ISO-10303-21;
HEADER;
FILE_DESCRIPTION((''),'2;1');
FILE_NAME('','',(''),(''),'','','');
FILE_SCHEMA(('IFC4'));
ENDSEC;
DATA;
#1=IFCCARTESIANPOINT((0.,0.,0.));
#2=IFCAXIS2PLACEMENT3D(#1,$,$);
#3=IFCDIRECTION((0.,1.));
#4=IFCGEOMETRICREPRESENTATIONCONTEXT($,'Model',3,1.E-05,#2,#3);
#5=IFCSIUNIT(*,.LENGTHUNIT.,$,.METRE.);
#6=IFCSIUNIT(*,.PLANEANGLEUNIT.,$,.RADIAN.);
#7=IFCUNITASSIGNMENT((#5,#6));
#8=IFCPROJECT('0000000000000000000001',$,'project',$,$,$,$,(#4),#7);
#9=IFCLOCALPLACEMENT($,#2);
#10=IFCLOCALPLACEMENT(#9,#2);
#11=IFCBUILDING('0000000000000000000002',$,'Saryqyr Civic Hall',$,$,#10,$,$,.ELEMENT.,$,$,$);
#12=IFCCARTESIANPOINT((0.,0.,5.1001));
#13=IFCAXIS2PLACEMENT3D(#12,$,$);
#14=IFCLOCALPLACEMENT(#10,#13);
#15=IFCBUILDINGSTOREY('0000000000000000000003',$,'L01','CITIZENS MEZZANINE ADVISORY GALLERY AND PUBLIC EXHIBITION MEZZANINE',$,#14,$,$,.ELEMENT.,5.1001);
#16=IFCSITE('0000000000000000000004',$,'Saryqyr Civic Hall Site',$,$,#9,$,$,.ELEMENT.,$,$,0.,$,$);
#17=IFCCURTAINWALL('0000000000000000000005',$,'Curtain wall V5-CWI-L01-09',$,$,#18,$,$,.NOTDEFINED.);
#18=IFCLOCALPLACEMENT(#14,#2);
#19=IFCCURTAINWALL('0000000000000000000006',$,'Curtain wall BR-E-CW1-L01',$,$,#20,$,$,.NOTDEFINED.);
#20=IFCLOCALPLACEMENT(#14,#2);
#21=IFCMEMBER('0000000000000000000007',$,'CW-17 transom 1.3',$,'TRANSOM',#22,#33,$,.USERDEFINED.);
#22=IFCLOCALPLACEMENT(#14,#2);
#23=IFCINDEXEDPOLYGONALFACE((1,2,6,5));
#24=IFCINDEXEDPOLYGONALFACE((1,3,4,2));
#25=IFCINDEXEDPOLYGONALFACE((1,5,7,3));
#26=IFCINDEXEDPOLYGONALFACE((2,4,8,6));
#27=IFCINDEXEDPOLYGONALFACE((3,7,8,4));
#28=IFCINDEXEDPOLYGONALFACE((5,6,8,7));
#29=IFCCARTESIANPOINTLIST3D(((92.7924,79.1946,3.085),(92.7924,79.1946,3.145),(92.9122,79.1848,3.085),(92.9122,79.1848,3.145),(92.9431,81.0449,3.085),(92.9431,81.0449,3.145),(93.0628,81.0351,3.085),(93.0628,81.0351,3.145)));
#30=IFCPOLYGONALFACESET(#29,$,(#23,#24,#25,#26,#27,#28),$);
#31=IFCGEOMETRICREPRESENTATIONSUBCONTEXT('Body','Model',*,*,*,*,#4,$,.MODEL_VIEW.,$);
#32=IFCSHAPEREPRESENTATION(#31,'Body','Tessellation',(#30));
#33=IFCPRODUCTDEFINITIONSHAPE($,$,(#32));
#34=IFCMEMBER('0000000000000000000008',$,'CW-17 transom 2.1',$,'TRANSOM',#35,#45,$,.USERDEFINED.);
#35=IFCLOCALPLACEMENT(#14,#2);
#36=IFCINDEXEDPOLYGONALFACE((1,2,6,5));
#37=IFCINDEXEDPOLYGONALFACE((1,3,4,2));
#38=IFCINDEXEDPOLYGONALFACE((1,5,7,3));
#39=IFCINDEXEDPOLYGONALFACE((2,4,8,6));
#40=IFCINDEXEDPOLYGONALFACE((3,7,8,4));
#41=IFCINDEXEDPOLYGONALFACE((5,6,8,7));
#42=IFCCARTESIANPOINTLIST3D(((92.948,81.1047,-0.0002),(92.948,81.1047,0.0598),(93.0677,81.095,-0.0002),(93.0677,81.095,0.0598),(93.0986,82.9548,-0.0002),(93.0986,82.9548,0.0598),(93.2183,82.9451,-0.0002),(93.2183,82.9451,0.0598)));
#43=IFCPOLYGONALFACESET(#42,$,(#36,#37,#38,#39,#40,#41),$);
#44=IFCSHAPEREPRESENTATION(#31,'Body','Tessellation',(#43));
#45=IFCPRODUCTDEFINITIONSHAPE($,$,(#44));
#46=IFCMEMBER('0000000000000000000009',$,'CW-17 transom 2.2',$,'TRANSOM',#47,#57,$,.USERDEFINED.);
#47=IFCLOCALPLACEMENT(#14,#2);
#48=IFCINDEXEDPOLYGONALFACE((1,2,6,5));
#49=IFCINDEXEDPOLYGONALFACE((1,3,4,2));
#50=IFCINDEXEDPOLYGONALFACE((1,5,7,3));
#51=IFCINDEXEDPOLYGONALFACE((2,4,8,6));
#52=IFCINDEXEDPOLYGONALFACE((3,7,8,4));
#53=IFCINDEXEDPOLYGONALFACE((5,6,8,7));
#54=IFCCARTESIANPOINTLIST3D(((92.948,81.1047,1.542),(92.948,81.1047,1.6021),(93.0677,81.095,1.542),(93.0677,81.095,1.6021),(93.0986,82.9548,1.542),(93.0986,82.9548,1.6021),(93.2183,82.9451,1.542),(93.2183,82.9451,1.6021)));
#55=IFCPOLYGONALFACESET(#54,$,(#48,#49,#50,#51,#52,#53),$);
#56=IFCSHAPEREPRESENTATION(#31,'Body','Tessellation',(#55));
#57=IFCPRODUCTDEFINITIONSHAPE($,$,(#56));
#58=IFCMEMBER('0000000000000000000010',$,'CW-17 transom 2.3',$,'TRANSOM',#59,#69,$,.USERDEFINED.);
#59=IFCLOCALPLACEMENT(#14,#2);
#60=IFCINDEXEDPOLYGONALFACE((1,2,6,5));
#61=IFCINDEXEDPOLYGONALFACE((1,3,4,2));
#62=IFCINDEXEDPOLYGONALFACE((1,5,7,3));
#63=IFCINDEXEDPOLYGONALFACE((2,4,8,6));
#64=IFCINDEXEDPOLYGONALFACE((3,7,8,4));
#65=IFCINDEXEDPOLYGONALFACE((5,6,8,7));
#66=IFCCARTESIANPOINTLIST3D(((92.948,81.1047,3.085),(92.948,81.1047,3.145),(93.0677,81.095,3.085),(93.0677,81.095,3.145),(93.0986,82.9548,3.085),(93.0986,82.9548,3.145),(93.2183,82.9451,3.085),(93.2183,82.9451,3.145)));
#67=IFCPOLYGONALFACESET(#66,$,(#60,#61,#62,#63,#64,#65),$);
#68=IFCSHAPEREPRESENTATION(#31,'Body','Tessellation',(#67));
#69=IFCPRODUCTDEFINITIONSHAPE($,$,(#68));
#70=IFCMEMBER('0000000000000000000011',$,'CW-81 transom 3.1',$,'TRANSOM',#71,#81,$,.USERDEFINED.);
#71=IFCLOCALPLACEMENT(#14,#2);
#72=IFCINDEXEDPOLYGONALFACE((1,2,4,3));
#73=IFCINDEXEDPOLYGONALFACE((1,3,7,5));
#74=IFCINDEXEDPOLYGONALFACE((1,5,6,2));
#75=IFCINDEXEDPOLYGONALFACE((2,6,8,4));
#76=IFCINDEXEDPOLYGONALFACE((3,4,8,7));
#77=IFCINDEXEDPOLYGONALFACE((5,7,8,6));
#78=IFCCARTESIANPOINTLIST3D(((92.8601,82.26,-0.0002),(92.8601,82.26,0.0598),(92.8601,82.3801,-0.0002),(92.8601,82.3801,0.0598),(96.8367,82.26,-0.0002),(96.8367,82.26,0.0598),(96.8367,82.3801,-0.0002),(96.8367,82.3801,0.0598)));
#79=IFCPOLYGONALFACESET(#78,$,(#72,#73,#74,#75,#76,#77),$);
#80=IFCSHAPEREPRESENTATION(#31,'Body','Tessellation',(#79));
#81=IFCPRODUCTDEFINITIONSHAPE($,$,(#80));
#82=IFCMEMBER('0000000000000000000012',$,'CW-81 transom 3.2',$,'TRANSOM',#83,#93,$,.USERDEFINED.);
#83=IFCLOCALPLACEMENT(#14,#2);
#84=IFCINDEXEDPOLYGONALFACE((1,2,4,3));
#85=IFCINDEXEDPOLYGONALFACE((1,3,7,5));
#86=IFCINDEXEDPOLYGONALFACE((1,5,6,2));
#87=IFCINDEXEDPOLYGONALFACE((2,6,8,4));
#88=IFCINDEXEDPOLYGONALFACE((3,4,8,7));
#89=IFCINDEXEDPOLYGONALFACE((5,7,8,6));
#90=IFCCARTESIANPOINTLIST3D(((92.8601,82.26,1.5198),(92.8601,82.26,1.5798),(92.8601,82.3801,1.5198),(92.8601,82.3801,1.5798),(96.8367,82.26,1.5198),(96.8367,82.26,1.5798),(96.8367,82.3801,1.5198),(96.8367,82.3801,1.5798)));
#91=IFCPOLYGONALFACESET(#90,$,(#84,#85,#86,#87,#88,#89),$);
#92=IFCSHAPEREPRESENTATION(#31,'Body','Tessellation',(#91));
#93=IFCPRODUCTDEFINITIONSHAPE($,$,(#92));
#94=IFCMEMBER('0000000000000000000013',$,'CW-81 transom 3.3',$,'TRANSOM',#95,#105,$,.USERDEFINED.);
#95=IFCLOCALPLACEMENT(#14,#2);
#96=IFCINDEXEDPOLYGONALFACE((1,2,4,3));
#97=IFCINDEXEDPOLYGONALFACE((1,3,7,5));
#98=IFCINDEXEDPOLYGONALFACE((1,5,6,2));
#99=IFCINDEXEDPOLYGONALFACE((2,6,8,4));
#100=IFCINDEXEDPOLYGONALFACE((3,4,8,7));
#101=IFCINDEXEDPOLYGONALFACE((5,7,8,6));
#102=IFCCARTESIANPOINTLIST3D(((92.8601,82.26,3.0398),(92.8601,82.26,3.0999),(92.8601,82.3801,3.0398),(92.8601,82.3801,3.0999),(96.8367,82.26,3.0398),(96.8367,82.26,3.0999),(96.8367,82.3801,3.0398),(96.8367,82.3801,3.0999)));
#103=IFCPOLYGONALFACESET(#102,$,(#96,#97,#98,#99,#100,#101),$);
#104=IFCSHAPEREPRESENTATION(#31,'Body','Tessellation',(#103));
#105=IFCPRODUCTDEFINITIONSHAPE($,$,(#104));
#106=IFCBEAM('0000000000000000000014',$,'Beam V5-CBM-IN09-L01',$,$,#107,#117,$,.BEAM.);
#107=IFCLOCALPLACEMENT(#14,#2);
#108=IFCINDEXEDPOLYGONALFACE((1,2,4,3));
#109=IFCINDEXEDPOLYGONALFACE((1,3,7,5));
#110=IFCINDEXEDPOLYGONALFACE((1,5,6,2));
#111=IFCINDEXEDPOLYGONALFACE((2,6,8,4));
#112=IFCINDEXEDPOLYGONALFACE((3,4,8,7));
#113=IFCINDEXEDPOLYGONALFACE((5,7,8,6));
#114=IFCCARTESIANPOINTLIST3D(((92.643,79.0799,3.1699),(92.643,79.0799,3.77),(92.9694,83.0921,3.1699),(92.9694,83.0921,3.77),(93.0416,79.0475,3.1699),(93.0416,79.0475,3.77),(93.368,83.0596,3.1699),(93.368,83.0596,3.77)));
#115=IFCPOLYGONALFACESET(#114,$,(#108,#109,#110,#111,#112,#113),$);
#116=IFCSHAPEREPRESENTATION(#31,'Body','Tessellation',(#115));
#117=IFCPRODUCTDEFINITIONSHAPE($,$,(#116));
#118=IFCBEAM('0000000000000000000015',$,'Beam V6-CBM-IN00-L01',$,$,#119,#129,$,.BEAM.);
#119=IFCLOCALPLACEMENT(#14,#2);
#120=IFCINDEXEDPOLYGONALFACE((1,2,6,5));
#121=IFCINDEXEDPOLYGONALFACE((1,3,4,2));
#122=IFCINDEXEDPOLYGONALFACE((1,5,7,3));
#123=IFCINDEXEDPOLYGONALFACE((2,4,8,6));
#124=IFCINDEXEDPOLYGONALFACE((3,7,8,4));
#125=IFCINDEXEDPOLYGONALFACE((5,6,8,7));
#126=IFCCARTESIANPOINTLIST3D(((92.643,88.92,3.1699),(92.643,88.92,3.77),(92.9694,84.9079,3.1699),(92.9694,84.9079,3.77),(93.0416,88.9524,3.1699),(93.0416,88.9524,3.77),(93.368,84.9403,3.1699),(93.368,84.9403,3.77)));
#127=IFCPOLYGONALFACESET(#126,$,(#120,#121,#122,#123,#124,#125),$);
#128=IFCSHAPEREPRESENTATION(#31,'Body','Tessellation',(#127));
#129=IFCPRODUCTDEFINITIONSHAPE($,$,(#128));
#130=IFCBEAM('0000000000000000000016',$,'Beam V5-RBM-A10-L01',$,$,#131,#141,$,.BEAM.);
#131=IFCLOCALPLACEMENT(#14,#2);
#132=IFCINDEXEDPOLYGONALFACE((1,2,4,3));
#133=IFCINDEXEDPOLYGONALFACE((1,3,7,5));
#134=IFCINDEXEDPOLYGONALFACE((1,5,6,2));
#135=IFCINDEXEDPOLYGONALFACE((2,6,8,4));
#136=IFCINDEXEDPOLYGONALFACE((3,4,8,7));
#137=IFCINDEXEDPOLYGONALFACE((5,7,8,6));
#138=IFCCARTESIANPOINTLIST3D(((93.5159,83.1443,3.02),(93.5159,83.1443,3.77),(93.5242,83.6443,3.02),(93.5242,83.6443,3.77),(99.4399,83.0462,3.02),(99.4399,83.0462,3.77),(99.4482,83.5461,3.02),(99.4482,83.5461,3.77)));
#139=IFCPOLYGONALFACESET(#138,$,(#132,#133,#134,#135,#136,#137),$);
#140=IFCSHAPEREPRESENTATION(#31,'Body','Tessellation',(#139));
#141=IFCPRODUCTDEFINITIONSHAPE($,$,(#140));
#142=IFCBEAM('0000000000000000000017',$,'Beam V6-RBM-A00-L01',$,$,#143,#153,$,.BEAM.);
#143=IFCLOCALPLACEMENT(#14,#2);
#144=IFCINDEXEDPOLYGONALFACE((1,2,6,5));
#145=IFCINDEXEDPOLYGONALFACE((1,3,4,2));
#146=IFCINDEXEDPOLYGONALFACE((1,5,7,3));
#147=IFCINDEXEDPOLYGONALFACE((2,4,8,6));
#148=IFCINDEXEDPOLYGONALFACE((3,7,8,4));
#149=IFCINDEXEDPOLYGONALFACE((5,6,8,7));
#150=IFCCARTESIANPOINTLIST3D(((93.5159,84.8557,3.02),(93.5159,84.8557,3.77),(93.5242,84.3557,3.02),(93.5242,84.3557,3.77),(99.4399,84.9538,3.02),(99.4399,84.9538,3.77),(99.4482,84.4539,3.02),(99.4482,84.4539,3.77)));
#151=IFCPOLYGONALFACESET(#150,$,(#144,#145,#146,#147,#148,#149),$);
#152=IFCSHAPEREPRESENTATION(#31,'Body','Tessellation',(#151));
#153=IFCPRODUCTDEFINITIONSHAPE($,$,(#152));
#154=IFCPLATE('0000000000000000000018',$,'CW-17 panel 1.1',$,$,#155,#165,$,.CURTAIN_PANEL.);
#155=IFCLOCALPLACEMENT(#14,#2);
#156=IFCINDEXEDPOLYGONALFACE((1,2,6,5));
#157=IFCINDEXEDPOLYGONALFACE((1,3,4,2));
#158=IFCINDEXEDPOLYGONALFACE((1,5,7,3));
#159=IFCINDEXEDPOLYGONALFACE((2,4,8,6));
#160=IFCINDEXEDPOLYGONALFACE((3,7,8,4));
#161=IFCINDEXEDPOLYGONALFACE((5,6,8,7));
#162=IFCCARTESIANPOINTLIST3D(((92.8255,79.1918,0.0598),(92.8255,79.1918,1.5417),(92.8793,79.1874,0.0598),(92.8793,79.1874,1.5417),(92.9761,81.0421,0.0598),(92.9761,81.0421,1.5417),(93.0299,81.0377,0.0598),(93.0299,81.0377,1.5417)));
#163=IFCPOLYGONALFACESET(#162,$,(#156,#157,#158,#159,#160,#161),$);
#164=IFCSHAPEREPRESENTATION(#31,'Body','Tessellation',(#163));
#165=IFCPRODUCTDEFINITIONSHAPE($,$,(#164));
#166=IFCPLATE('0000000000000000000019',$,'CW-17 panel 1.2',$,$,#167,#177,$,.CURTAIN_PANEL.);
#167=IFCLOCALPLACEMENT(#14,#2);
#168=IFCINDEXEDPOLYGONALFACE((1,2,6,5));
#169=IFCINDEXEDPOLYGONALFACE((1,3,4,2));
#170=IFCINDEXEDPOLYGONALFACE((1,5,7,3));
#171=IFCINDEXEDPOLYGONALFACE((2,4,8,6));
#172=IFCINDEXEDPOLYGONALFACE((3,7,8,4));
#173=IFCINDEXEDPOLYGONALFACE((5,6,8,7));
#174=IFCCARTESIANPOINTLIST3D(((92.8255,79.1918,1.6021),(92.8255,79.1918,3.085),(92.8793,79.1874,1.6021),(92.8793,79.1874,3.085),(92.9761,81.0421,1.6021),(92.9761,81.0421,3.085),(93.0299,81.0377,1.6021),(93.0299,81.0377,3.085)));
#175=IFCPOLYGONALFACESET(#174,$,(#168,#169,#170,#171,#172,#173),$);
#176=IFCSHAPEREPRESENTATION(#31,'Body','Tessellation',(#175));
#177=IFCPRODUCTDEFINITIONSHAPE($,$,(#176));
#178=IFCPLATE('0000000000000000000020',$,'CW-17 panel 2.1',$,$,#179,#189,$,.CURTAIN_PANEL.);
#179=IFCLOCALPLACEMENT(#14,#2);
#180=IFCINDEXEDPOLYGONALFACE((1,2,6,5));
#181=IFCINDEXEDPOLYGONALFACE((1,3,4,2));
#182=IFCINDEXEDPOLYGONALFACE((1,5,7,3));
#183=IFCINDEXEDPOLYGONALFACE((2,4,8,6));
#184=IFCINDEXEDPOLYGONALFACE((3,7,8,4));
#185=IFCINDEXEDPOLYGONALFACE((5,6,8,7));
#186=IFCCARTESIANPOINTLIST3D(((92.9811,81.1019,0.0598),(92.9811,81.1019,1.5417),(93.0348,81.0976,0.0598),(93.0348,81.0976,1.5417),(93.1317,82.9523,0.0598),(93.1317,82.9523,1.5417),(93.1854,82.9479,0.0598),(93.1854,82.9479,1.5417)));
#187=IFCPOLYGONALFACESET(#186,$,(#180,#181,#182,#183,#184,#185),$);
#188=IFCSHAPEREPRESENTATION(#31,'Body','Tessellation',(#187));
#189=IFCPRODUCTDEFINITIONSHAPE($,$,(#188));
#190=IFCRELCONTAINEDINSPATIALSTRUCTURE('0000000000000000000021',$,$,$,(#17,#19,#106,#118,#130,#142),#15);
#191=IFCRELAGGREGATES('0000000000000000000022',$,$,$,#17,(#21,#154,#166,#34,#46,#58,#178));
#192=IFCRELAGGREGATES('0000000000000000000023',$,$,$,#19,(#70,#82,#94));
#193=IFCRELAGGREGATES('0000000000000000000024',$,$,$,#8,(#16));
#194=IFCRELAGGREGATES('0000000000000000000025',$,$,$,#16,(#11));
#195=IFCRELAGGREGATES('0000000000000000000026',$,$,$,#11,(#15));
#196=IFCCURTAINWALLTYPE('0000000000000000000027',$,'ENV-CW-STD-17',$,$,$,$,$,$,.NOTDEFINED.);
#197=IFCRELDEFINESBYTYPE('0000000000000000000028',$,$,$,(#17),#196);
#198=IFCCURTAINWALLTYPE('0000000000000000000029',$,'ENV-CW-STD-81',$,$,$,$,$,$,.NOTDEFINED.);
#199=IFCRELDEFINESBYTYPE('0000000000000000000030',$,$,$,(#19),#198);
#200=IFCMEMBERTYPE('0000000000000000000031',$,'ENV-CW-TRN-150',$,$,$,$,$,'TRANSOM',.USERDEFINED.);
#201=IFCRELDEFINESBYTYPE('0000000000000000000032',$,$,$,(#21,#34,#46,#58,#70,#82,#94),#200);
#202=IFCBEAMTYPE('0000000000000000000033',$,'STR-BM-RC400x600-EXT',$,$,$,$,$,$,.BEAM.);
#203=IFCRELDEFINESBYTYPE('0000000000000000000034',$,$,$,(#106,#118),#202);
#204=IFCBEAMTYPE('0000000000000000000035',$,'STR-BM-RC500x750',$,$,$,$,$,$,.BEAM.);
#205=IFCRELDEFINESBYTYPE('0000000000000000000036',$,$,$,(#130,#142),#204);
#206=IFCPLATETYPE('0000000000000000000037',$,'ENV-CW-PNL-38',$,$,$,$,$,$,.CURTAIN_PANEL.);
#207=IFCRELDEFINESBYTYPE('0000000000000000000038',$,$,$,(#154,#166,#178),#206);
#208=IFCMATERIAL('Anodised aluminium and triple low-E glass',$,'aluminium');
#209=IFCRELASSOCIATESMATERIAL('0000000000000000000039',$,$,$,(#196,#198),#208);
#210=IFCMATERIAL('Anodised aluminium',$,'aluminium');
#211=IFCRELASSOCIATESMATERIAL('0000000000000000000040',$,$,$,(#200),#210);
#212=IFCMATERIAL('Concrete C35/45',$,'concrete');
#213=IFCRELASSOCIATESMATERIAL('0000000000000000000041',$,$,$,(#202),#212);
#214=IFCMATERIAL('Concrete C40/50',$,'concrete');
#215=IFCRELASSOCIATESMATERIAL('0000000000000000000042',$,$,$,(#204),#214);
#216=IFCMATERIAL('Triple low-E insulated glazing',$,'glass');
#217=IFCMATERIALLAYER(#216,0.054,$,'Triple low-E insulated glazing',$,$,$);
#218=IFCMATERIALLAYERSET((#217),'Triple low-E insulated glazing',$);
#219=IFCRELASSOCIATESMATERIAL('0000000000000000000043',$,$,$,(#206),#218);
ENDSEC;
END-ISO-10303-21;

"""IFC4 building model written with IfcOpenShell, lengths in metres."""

from ifc_helpers import new_model, si_unit, direction, frame, origin, origin_2d, place, context, subcontext, project, spatial, rectangle, extrude, material, layer, layer_set, material_profile, profile_set, type_object, element, aggregate, save


model = new_model("IFC4")

# Units and contexts
model_context = context("Model", 3, precision=1e-05, world=origin(), true_north=direction((0.0, 1.0)))
body_context = subcontext(model_context, "Body", "Model", "MODEL_VIEW")
ifc_project = project(units=[si_unit("LENGTHUNIT", "METRE"), si_unit("PLANEANGLEUNIT", "RADIAN")], contexts=[model_context])

# Site, building, storey
site_placement = place(None, origin())
site = spatial("IfcSite", under=ifc_project, at=site_placement, Name="Saryqyr Civic Hall Site", CompositionType="ELEMENT", RefElevation=0.0)
building_placement = place(site_placement, origin())
building = spatial("IfcBuilding", under=site, at=building_placement, Name="Saryqyr Civic Hall", CompositionType="ELEMENT")
storey_placement = place(building_placement, frame((0.0, 0.0, 5.1001)))
storey = spatial("IfcBuildingStorey", under=building, at=storey_placement, Name="L01", Description="CITIZENS MEZZANINE ADVISORY GALLERY AND PUBLIC EXHIBITION MEZZANINE", CompositionType="ELEMENT", Elevation=5.1001)

# Shared definitions
ifc_material_1 = material(Name="Concrete C40/50", Category="concrete")

# Curtain walls
ifc_material_2 = material(Name="Anodised aluminium and triple low-E glass", Category="aluminium")
curtain_wall_type_1 = type_object("IfcCurtainWallType", Name="ENV-CW-STD-17", PredefinedType="NOTDEFINED", material=ifc_material_2)
curtain_wall_1_placement = place(storey_placement, origin())
curtain_wall_1 = element("IfcCurtainWall", 1, at=curtain_wall_1_placement, inside=storey, type_object=curtain_wall_type_1, Name="Curtain wall V5-CWI-L01-09", PredefinedType="NOTDEFINED")
ifc_material_3 = material(Name="Anodised aluminium", Category="aluminium")
curtain_wall_type_2 = type_object("IfcCurtainWallType", Name="ENV-CW-STD-81", PredefinedType="NOTDEFINED", material=ifc_material_2)
curtain_wall_2_placement = place(storey_placement, origin())
curtain_wall_2 = element("IfcCurtainWall", 2, at=curtain_wall_2_placement, inside=storey, type_object=curtain_wall_type_2, Name="Curtain wall BR-E-CW1-L01", PredefinedType="NOTDEFINED")

# Members
ifc_material_profile_1 = material_profile(ifc_material_3, rectangle(XDim=0.1201, YDim=0.0601, at=origin_2d()), Name="ALU TRANSOM 120x60")
ifc_profile_set_1 = profile_set([ifc_material_profile_1], Name="Anodised aluminium")
member_type_1 = type_object("IfcMemberType", Name="ENV-CW-TRN-150", ElementType="TRANSOM", PredefinedType="USERDEFINED", material=ifc_profile_set_1)
member_1_placement = place(storey_placement, frame((92.8523, 79.1897, 3.115), z_axis=(0.081141, 0.996703, 0.0), x_axis=(-0.996703, 0.081141, 0.0)))
member_1 = element("IfcMember", 3, at=member_1_placement, type_object=member_type_1, Name="CW-17 transom 1.3", ObjectType="TRANSOM", PredefinedType="USERDEFINED", context=body_context, shape_type="SweptSolid", body=[
    extrude(rectangle(XDim=0.1201, YDim=0.0601, at=origin_2d()), origin(), (0.0, 0.0, 1.0), 1.8564),
])
member_2_placement = place(storey_placement, frame((93.0078, 81.0999, 0.0298), z_axis=(0.081151, 0.996702, 0.0), x_axis=(-0.996702, 0.081151, 0.0)))
member_2 = element("IfcMember", 4, at=member_2_placement, type_object=member_type_1, Name="CW-17 transom 2.1", ObjectType="TRANSOM", PredefinedType="USERDEFINED", context=body_context, shape_type="SweptSolid", body=[
    extrude(rectangle(XDim=0.1201, YDim=0.0601, at=origin_2d()), origin(), (0.0, 0.0, 1.0), 1.8562),
])
member_3_placement = place(storey_placement, frame((93.0078, 81.0999, 1.572), z_axis=(0.081151, 0.996702, 0.0), x_axis=(-0.996702, 0.081151, 0.0)))
member_3 = element("IfcMember", 5, at=member_3_placement, type_object=member_type_1, Name="CW-17 transom 2.2", ObjectType="TRANSOM", PredefinedType="USERDEFINED", context=body_context, shape_type="SweptSolid", body=[
    extrude(rectangle(XDim=0.1201, YDim=0.0601, at=origin_2d()), origin(), (0.0, 0.0, 1.0), 1.8562),
])
member_4_placement = place(storey_placement, frame((93.0078, 81.0999, 3.115), z_axis=(0.081151, 0.996702, 0.0), x_axis=(-0.996702, 0.081151, 0.0)))
member_4 = element("IfcMember", 6, at=member_4_placement, type_object=member_type_1, Name="CW-17 transom 2.3", ObjectType="TRANSOM", PredefinedType="USERDEFINED", context=body_context, shape_type="SweptSolid", body=[
    extrude(rectangle(XDim=0.1201, YDim=0.0601, at=origin_2d()), origin(), (0.0, 0.0, 1.0), 1.8562),
])
member_5_placement = place(storey_placement, frame((96.8367, 82.3201, 0.0298), z_axis=(-1.0, 0.0, 0.0), x_axis=(0.0, -1.0, 0.0)))
member_5 = element("IfcMember", 7, at=member_5_placement, type_object=member_type_1, Name="CW-81 transom 3.1", ObjectType="TRANSOM", PredefinedType="USERDEFINED", context=body_context, shape_type="SweptSolid", body=[
    extrude(rectangle(XDim=0.1201, YDim=0.0601, at=origin_2d()), origin(), (0.0, 0.0, 1.0), 3.9766),
])
member_6_placement = place(storey_placement, frame((96.8367, 82.3201, 1.5498), z_axis=(-1.0, 0.0, 0.0), x_axis=(0.0, -1.0, 0.0)))
member_6 = element("IfcMember", 8, at=member_6_placement, type_object=member_type_1, Name="CW-81 transom 3.2", ObjectType="TRANSOM", PredefinedType="USERDEFINED", context=body_context, shape_type="SweptSolid", body=[
    extrude(rectangle(XDim=0.1201, YDim=0.0601, at=origin_2d()), origin(), (0.0, 0.0, 1.0), 3.9766),
])
member_7_placement = place(storey_placement, frame((96.8367, 82.3201, 3.0698), z_axis=(-1.0, 0.0, 0.0), x_axis=(0.0, -1.0, 0.0)))
member_7 = element("IfcMember", 9, at=member_7_placement, type_object=member_type_1, Name="CW-81 transom 3.3", ObjectType="TRANSOM", PredefinedType="USERDEFINED", context=body_context, shape_type="SweptSolid", body=[
    extrude(rectangle(XDim=0.1201, YDim=0.0601, at=origin_2d()), origin(), (0.0, 0.0, 1.0), 3.9766),
])

# Beams
ifc_material_4 = material(Name="Concrete C35/45", Category="concrete")
ifc_material_profile_2 = material_profile(ifc_material_4, rectangle(XDim=0.3999, YDim=0.6001, at=origin_2d()), Name="RC 400x600")
ifc_profile_set_2 = profile_set([ifc_material_profile_2], Name="Concrete C35/45")
beam_type_1 = type_object("IfcBeamType", Name="STR-BM-RC400x600-EXT", PredefinedType="BEAM", material=ifc_profile_set_2)
for number, where, z_axis, x_axis, name in (
    (10, (92.8423, 79.0637, 3.47), (0.081088, 0.996707, 0.0), (-0.996707, 0.081088, 0.0), "Beam V5-CBM-IN09-L01"),
    (11, (93.1687, 84.9241, 3.47), (-0.081088, 0.996707, 0.0), (-0.996707, -0.081088, 0.0), "Beam V6-CBM-IN00-L01"),
):
    element("IfcBeam", number, at=place(storey_placement, frame(where, z_axis=z_axis, x_axis=x_axis)), inside=storey, type_object=beam_type_1, Name=name, PredefinedType="BEAM", context=body_context, shape_type="SweptSolid", body=[
        extrude(rectangle(XDim=0.3999, YDim=0.6001, at=origin_2d()), origin(), (0.0, 0.0, 1.0), 4.0254),
    ])
ifc_material_profile_3 = material_profile(ifc_material_1, rectangle(XDim=0.5, YDim=0.75, at=origin_2d()), Name="RC 500x750")
ifc_profile_set_3 = profile_set([ifc_material_profile_3], Name="Concrete C40/50")
beam_type_2 = type_object("IfcBeamType", Name="STR-BM-RC500x750", PredefinedType="BEAM", material=ifc_profile_set_3)
for number, where, z_axis, x_axis, name in (
    (12, (93.52, 83.3943, 3.395), (0.999863, -0.016565, 0.0), (0.016565, 0.999863, 0.0), "Beam V5-RBM-A10-L01"),
    (13, (93.52, 84.6057, 3.395), (0.999863, 0.016565, 0.0), (-0.016565, 0.999863, 0.0), "Beam V6-RBM-A00-L01"),
):
    element("IfcBeam", number, at=place(storey_placement, frame(where, z_axis=z_axis, x_axis=x_axis)), inside=storey, type_object=beam_type_2, Name=name, PredefinedType="BEAM", context=body_context, shape_type="SweptSolid", body=[
        extrude(rectangle(XDim=0.5, YDim=0.75, at=origin_2d()), origin(), (0.0, 0.0, 1.0), 5.9248),
    ])

# Plates
ifc_material_5 = material(Name="Triple low-E insulated glazing", Category="glass")
ifc_layer_1 = layer(ifc_material_5, 0.054, Name="Triple low-E insulated glazing")
ifc_layer_set_1 = layer_set([ifc_layer_1], Name="Triple low-E insulated glazing")
plate_type = type_object("IfcPlateType", Name="ENV-CW-PNL-38", PredefinedType="CURTAIN_PANEL", material=ifc_layer_set_1)
plate_1_placement = place(storey_placement, frame((92.9277, 80.1147, 0.0598), z_axis=(0.0, 0.0, 1.0), x_axis=(0.081126, 0.996704, 0.0)))
plate_1 = element("IfcPlate", 14, at=plate_1_placement, type_object=plate_type, Name="CW-17 panel 1.1", PredefinedType="CURTAIN_PANEL", context=body_context, shape_type="SweptSolid", body=[
    extrude(rectangle(XDim=1.8564, YDim=0.054, at=origin_2d()), origin(), (0.0, 0.0, 1.0), 1.4819),
])
plate_2_placement = place(storey_placement, frame((92.9277, 80.1147, 1.6021), z_axis=(0.0, 0.0, 1.0), x_axis=(0.081126, 0.996704, 0.0)))
plate_2 = element("IfcPlate", 15, at=plate_2_placement, type_object=plate_type, Name="CW-17 panel 1.2", PredefinedType="CURTAIN_PANEL", context=body_context, shape_type="SweptSolid", body=[
    extrude(rectangle(XDim=1.8564, YDim=0.054, at=origin_2d()), origin(), (0.0, 0.0, 1.0), 1.4829),
])
plate_3_placement = place(storey_placement, frame((93.0833, 82.0249, 0.0598), z_axis=(0.0, 0.0, 1.0), x_axis=(0.081126, 0.996704, 0.0)))
plate_3 = element("IfcPlate", 16, at=plate_3_placement, type_object=plate_type, Name="CW-17 panel 2.1", PredefinedType="CURTAIN_PANEL", context=body_context, shape_type="SweptSolid", body=[
    extrude(rectangle(XDim=1.8564, YDim=0.054, at=origin_2d()), origin(), (0.0, 0.0, 1.0), 1.4819),
])
aggregate(curtain_wall_1, [member_1, plate_1, plate_2, member_2, member_3, member_4, plate_3])
aggregate(curtain_wall_2, [member_5, member_6, member_7])

save(model, "model.ifc")
